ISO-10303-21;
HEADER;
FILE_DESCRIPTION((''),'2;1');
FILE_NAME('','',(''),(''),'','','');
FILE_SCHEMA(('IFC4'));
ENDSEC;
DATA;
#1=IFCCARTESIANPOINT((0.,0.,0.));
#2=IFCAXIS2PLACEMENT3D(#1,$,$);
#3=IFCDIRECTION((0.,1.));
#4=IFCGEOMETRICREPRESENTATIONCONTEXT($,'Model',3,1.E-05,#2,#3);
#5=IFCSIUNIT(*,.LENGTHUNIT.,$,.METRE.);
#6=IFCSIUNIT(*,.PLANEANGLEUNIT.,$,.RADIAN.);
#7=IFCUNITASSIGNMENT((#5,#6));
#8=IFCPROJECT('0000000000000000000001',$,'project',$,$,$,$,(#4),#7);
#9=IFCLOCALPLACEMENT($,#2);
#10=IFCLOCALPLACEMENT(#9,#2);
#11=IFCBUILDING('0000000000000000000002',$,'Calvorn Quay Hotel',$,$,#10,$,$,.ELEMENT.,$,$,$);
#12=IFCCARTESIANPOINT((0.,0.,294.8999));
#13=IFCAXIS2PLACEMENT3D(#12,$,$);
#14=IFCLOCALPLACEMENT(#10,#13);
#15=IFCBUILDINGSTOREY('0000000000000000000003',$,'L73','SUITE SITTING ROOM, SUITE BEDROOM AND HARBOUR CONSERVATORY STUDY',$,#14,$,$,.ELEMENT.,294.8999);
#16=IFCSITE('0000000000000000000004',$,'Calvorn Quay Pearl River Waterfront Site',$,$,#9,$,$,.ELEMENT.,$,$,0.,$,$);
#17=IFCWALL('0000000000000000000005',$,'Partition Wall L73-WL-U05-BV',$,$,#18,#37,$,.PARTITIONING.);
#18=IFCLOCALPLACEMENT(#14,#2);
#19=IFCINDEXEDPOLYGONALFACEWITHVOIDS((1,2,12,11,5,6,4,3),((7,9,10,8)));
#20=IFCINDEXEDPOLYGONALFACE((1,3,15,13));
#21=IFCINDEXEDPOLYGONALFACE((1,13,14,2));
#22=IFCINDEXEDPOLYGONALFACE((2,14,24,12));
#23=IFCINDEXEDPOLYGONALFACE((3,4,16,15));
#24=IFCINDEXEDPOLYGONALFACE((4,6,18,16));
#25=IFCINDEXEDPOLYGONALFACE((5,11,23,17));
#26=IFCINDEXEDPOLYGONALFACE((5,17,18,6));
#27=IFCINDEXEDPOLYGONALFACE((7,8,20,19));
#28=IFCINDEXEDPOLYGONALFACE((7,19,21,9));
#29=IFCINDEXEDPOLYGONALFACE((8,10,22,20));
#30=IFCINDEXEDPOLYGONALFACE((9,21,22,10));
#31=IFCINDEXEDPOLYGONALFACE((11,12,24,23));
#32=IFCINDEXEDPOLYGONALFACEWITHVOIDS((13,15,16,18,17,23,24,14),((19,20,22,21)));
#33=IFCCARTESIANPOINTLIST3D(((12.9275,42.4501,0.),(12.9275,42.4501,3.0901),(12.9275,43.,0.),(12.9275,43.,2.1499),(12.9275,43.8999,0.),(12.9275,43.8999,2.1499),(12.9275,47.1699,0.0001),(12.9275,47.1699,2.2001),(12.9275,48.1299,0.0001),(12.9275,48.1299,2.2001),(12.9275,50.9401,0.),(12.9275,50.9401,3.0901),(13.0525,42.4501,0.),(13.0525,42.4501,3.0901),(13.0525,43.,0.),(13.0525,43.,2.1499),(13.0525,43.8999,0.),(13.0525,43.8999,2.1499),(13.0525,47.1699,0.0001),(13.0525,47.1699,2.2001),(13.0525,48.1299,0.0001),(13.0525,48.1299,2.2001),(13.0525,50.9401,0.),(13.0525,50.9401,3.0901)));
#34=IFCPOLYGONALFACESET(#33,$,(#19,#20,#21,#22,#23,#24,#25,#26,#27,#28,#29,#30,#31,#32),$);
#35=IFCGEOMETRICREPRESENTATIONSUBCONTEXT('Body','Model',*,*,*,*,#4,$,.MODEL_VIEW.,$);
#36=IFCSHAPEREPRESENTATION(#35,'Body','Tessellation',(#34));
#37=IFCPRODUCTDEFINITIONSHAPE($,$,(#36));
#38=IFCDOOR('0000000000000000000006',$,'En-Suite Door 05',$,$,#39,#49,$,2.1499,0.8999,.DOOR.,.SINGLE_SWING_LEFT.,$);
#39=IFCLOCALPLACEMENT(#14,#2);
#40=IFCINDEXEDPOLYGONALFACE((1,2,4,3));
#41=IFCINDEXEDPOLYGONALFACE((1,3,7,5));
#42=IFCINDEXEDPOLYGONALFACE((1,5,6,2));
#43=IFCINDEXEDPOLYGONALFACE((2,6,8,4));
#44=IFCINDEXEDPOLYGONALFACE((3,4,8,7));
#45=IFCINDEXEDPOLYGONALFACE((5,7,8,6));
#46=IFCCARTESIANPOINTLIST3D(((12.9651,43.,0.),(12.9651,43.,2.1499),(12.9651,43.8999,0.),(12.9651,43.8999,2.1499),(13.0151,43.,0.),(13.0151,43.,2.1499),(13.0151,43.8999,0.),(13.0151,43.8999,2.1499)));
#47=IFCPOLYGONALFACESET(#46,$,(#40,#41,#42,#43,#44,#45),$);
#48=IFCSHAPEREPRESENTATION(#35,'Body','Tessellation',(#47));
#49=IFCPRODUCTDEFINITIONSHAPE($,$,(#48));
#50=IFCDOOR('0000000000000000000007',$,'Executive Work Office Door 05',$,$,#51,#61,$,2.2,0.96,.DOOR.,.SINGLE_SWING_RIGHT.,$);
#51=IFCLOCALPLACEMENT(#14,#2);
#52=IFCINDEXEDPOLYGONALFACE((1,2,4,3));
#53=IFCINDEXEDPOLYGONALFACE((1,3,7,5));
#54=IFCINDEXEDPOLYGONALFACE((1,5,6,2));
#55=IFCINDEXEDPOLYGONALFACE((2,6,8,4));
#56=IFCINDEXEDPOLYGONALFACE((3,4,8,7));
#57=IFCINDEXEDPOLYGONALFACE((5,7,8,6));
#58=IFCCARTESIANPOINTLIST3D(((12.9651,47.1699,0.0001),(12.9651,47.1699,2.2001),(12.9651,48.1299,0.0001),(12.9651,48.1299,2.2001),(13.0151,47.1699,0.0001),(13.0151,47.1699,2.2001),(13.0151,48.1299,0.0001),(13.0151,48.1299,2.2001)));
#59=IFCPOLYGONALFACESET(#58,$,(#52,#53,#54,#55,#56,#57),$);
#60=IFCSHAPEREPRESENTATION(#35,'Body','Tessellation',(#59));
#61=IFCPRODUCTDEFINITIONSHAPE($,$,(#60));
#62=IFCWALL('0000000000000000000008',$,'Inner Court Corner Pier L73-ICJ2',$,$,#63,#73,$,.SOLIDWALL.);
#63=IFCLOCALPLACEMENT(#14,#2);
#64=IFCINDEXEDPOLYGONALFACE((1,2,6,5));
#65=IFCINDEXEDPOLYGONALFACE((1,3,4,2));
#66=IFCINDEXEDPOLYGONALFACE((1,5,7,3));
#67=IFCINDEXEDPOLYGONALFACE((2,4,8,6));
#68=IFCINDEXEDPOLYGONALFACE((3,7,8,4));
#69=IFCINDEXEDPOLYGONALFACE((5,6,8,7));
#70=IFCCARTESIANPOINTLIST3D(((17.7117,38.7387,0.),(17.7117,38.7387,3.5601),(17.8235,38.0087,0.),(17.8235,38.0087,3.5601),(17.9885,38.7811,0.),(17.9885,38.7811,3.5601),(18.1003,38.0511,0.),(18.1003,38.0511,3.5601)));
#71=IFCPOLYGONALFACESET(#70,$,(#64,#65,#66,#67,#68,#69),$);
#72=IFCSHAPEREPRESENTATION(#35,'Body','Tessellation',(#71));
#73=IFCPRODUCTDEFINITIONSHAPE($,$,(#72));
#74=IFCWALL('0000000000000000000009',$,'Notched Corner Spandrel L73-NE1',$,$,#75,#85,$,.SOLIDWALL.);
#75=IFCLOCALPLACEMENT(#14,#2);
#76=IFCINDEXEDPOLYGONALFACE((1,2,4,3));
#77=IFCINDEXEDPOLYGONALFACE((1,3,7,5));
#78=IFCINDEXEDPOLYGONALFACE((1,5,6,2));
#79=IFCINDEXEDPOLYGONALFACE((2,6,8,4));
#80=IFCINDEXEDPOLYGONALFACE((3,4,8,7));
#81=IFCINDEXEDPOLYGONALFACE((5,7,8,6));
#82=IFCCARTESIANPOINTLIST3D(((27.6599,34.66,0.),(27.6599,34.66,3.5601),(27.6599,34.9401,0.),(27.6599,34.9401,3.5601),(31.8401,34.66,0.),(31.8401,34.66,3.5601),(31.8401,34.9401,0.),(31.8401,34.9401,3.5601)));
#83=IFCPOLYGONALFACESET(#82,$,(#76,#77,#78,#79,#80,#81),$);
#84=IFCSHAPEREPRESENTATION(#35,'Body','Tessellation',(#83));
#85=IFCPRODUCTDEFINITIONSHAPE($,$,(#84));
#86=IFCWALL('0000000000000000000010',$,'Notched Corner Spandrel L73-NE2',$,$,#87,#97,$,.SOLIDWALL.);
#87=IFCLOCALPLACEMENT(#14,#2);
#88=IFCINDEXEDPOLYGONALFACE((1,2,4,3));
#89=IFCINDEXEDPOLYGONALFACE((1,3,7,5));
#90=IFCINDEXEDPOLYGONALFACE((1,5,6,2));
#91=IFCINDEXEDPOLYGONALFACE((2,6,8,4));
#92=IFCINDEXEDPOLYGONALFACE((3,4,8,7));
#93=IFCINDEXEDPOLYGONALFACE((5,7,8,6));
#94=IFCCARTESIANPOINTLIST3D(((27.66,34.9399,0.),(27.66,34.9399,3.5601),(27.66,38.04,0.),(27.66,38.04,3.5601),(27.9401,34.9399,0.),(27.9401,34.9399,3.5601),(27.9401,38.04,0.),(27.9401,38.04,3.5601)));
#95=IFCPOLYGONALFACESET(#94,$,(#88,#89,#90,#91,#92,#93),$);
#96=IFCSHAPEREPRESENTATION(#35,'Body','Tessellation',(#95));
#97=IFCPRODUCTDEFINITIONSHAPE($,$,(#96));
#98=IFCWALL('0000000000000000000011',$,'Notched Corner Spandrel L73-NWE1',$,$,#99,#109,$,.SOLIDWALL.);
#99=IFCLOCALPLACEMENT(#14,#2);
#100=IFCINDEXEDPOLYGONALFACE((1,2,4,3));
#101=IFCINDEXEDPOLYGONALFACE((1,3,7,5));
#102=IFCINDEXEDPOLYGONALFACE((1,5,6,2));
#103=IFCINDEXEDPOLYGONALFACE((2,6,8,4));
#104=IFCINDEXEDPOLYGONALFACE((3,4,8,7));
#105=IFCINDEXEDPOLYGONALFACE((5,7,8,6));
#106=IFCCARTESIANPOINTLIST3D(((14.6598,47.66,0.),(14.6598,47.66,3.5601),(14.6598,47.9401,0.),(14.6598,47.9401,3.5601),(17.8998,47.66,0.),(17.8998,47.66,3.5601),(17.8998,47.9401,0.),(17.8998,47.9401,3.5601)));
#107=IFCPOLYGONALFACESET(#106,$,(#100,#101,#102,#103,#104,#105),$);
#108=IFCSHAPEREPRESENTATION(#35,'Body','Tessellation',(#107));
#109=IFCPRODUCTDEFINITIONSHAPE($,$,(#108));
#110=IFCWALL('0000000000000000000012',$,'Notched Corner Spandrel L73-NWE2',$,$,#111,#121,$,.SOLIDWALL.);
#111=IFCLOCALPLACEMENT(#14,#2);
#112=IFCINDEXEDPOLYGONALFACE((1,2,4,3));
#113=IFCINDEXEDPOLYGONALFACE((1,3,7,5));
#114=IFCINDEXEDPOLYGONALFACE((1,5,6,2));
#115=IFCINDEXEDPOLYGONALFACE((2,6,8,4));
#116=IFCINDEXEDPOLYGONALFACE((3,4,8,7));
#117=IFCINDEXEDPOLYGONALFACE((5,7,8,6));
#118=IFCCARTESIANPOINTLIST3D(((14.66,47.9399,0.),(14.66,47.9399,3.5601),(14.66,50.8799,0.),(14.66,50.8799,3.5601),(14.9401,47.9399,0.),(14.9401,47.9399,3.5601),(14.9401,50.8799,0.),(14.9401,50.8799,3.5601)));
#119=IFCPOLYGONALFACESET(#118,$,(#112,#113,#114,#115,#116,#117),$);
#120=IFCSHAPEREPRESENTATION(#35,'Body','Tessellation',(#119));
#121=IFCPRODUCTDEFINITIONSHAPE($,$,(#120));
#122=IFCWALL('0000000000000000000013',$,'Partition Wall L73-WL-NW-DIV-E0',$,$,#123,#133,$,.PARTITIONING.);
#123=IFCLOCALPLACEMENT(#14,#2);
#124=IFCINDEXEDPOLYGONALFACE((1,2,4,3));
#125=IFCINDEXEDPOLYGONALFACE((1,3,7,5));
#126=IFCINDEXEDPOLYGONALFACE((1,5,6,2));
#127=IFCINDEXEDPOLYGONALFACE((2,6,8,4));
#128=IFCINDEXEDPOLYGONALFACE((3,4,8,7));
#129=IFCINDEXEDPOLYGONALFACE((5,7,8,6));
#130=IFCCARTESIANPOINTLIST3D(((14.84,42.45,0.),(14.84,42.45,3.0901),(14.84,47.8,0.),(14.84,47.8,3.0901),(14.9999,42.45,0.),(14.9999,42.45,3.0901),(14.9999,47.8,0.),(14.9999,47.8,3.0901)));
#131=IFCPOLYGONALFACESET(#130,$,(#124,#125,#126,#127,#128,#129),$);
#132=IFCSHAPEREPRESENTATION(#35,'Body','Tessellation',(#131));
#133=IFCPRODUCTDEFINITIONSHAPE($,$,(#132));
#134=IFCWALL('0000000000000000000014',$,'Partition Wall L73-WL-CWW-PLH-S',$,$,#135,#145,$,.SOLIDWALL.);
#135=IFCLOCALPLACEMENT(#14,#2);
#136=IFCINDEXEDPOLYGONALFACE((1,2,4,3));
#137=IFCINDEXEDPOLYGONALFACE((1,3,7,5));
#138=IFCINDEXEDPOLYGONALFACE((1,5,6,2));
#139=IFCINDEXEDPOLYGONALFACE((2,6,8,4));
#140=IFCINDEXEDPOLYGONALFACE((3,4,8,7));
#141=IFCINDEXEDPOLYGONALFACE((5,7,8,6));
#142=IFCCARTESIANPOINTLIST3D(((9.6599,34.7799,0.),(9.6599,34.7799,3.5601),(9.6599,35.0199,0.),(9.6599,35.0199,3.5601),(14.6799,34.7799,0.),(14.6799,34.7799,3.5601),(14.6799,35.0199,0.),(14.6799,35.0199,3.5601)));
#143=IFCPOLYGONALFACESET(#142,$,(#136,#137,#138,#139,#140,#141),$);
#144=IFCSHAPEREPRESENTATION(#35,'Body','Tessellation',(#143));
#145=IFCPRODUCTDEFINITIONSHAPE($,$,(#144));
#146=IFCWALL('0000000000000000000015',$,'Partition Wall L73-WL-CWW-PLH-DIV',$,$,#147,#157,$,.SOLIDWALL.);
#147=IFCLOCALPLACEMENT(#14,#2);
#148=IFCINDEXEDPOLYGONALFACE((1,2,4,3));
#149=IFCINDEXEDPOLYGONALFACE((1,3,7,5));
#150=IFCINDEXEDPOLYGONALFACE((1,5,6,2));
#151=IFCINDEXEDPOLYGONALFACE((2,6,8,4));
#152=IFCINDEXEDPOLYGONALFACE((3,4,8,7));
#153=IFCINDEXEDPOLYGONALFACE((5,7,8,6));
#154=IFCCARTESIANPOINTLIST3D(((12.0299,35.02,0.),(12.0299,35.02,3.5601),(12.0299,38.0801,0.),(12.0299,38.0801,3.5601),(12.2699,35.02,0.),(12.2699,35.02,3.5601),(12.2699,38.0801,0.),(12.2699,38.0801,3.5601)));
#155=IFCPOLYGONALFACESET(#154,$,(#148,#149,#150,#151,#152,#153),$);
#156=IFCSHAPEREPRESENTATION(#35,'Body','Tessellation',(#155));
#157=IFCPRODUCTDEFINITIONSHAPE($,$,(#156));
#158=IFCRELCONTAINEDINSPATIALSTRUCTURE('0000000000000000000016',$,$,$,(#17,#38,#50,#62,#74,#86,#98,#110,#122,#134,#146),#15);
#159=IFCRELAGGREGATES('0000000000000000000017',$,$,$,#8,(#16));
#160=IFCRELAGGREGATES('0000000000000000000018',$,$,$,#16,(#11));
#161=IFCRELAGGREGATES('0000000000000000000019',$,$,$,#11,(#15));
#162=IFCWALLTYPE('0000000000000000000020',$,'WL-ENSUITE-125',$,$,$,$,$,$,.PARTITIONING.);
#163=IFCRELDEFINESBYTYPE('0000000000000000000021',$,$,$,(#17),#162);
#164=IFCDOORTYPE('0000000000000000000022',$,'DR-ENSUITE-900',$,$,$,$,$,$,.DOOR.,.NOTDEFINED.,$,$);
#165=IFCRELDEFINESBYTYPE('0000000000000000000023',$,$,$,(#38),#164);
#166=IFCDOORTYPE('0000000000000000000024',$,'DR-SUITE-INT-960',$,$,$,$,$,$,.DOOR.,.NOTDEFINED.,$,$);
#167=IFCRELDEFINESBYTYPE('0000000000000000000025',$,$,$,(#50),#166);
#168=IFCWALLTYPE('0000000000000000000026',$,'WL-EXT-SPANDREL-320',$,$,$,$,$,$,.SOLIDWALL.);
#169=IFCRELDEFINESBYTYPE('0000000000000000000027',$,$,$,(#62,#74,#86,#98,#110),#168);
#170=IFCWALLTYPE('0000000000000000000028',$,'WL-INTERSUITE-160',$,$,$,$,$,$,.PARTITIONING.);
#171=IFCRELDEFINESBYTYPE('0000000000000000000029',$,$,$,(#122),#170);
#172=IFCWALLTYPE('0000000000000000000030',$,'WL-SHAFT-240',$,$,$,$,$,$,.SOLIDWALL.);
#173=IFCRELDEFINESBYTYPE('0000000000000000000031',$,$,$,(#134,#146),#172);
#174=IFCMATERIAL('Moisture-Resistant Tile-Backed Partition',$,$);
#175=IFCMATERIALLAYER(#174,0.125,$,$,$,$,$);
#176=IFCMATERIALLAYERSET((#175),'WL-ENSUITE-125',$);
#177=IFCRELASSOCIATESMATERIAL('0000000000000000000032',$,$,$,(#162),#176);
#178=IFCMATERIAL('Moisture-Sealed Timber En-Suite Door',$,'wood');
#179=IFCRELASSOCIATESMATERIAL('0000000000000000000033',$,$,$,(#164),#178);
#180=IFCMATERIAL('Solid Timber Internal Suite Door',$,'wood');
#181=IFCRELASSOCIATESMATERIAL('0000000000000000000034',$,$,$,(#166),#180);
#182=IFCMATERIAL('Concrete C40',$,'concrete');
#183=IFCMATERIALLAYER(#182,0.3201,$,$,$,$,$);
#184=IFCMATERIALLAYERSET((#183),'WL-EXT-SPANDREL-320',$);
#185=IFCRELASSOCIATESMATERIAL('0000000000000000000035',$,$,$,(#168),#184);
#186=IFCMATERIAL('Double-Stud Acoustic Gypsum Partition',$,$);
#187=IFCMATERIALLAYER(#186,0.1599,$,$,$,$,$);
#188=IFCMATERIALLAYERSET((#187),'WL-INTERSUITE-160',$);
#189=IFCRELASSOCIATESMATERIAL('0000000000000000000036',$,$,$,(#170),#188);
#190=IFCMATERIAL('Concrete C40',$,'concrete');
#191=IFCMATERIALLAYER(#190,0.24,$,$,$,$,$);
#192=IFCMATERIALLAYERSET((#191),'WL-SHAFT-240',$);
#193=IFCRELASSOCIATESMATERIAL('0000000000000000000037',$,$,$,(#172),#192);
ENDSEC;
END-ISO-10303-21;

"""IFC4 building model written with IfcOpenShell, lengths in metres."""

from ifc_helpers import new_model, si_unit, direction, frame, frame_2d, origin, place, context, subcontext, project, spatial, rectangle, extrude, material, layer, layer_set, type_object, element, fill, save


model = new_model("IFC4")

# Units and contexts
model_context = context("Model", 3, precision=1e-05, world=origin(), true_north=direction((0.0, 1.0)))
body_context = subcontext(model_context, "Body", "Model", "MODEL_VIEW")
ifc_project = project(units=[si_unit("LENGTHUNIT", "METRE"), si_unit("PLANEANGLEUNIT", "RADIAN")], contexts=[model_context])

# Site, building, storey
site_placement = place(None, origin())
site = spatial("IfcSite", under=ifc_project, at=site_placement, Name="Calvorn Quay Pearl River Waterfront Site", CompositionType="ELEMENT", RefElevation=0.0)
building_placement = place(site_placement, origin())
building = spatial("IfcBuilding", under=site, at=building_placement, Name="Calvorn Quay Hotel", CompositionType="ELEMENT")
storey_placement = place(building_placement, frame((0.0, 0.0, 294.8999)))
storey = spatial("IfcBuildingStorey", under=building, at=storey_placement, Name="L73", Description="SUITE SITTING ROOM, SUITE BEDROOM AND HARBOUR CONSERVATORY STUDY", CompositionType="ELEMENT", Elevation=294.8999)

# Shared definitions
ifc_material_1 = material(Name="Moisture-Resistant Tile-Backed Partition")
ifc_layer_1 = layer(ifc_material_1, 0.125)
ifc_layer_set_1 = layer_set([ifc_layer_1], Name="WL-ENSUITE-125")
wall_type_1 = type_object("IfcWallType", Name="WL-ENSUITE-125", PredefinedType="PARTITIONING", material=ifc_layer_set_1)

# Wall, openings, doors
wall_1_placement = place(storey_placement, frame((12.99, 42.45, 0.0), z_axis=(0.0, 0.0, 1.0), x_axis=(0.0, 1.0, 0.0)))
wall_1 = element("IfcWall", 1, at=wall_1_placement, inside=storey, type_object=wall_type_1, Name="Partition Wall L73-WL-U05-BV", PredefinedType="PARTITIONING", context=body_context, shape_type="SweptSolid", body=[
    extrude(rectangle(XDim=8.49, YDim=0.125, at=frame_2d((4.2451, 0.0))), origin(), (0.0, 0.0, 1.0), 3.0901),
])
opening_1_placement = place(wall_1_placement, frame((0.55, 0.0, 0.0)))
opening_1 = element("IfcOpeningElement", 2, at=opening_1_placement, cuts=wall_1, PredefinedType="OPENING", context=body_context, shape_type="SweptSolid", body=[
    extrude(rectangle(XDim=0.8999, YDim=2.1499, at=frame_2d((0.45, 1.075))), frame((0.0, 0.0725, 0.0), z_axis=(0.0, -1.0, 0.0), x_axis=(1.0, 0.0, 0.0)), (0.0, 0.0, 1.0), 0.145),
])
opening_2_placement = place(wall_1_placement, frame((4.72, 0.0, 0.0)))
opening_2 = element("IfcOpeningElement", 3, at=opening_2_placement, cuts=wall_1, PredefinedType="OPENING", context=body_context, shape_type="SweptSolid", body=[
    extrude(rectangle(XDim=0.96, YDim=2.2, at=frame_2d((0.48, 1.1001))), frame((0.0, 0.0725, 0.0), z_axis=(0.0, -1.0, 0.0), x_axis=(1.0, 0.0, 0.0)), (0.0, 0.0, 1.0), 0.145),
])
ifc_material_2 = material(Name="Moisture-Sealed Timber En-Suite Door", Category="wood")
door_type_1 = type_object("IfcDoorType", Name="DR-ENSUITE-900", OperationType="NOTDEFINED", PredefinedType="DOOR", material=ifc_material_2)
door_1_placement = place(opening_1_placement, origin())
door_1 = element("IfcDoor", 4, at=door_1_placement, inside=storey, type_object=door_type_1, Name="En-Suite Door 05", OperationType="SINGLE_SWING_LEFT", OverallHeight=2.1499, OverallWidth=0.8999, PredefinedType="DOOR", context=body_context, shape_type="SweptSolid", body=[
    extrude(rectangle(XDim=0.8999, YDim=2.1499, at=frame_2d((0.45, 1.075))), frame((0.0, 0.0249, 0.0), z_axis=(0.0, -1.0, 0.0), x_axis=(1.0, 0.0, 0.0)), (0.0, 0.0, 1.0), 0.05),
])
fill(opening_1, door_1)
ifc_material_3 = material(Name="Solid Timber Internal Suite Door", Category="wood")
door_type_2 = type_object("IfcDoorType", Name="DR-SUITE-INT-960", OperationType="NOTDEFINED", PredefinedType="DOOR", material=ifc_material_3)
door_2_placement = place(opening_2_placement, origin())
door_2 = element("IfcDoor", 5, at=door_2_placement, inside=storey, type_object=door_type_2, Name="Executive Work Office Door 05", OperationType="SINGLE_SWING_RIGHT", OverallHeight=2.2, OverallWidth=0.96, PredefinedType="DOOR", context=body_context, shape_type="SweptSolid", body=[
    extrude(rectangle(XDim=0.96, YDim=2.2, at=frame_2d((0.48, 1.1001))), frame((0.0, 0.0249, 0.0), z_axis=(0.0, -1.0, 0.0), x_axis=(1.0, 0.0, 0.0)), (0.0, 0.0, 1.0), 0.05),
])
fill(opening_2, door_2)

# Walls
ifc_material_4 = material(Name="Concrete C40", Category="concrete")
ifc_layer_2 = layer(ifc_material_4, 0.3201)
ifc_layer_set_2 = layer_set([ifc_layer_2], Name="WL-EXT-SPANDREL-320")
wall_type_2 = type_object("IfcWallType", Name="WL-EXT-SPANDREL-320", PredefinedType="SOLIDWALL", material=ifc_layer_set_2)
wall_2_placement = place(storey_placement, frame((17.9619, 38.03, 0.0), z_axis=(0.0, 0.0, 1.0), x_axis=(-0.151411, 0.988471, 0.0)))
element("IfcWall", 6, at=wall_2_placement, inside=storey, type_object=wall_type_2, Name="Inner Court Corner Pier L73-ICJ2", PredefinedType="SOLIDWALL", context=body_context, shape_type="SweptSolid", body=[
    extrude(rectangle(XDim=0.7385, YDim=0.28, at=frame_2d((0.3691, 0.0))), origin(), (0.0, 0.0, 1.0), 3.5601),
])
wall_3_placement = place(storey_placement, frame((31.8401, 34.8, 0.0), z_axis=(0.0, 0.0, 1.0), x_axis=(-1.0, 0.0, 0.0)))
element("IfcWall", 7, at=wall_3_placement, inside=storey, type_object=wall_type_2, Name="Notched Corner Spandrel L73-NE1", PredefinedType="SOLIDWALL", context=body_context, shape_type="SweptSolid", body=[
    extrude(rectangle(XDim=4.1802, YDim=0.28, at=frame_2d((2.0901, 0.0))), origin(), (0.0, 0.0, 1.0), 3.5601),
])
wall_4_placement = place(storey_placement, frame((27.8, 34.9399, 0.0), z_axis=(0.0, 0.0, 1.0), x_axis=(0.0, 1.0, 0.0)))
element("IfcWall", 8, at=wall_4_placement, inside=storey, type_object=wall_type_2, Name="Notched Corner Spandrel L73-NE2", PredefinedType="SOLIDWALL", context=body_context, shape_type="SweptSolid", body=[
    extrude(rectangle(XDim=3.1001, YDim=0.28, at=frame_2d((1.55, 0.0))), origin(), (0.0, 0.0, 1.0), 3.5601),
])
wall_5_placement = place(storey_placement, frame((17.8999, 47.8, 0.0), z_axis=(0.0, 0.0, 1.0), x_axis=(-1.0, 0.0, 0.0)))
element("IfcWall", 9, at=wall_5_placement, inside=storey, type_object=wall_type_2, Name="Notched Corner Spandrel L73-NWE1", PredefinedType="SOLIDWALL", context=body_context, shape_type="SweptSolid", body=[
    extrude(rectangle(XDim=3.24, YDim=0.28, at=frame_2d((1.6201, 0.0))), origin(), (0.0, 0.0, 1.0), 3.5601),
])
wall_6_placement = place(storey_placement, frame((14.8, 47.9399, 0.0), z_axis=(0.0, 0.0, 1.0), x_axis=(0.0, 1.0, 0.0)))
element("IfcWall", 10, at=wall_6_placement, inside=storey, type_object=wall_type_2, Name="Notched Corner Spandrel L73-NWE2", PredefinedType="SOLIDWALL", context=body_context, shape_type="SweptSolid", body=[
    extrude(rectangle(XDim=2.9399, YDim=0.28, at=frame_2d((1.47, 0.0))), origin(), (0.0, 0.0, 1.0), 3.5601),
])
ifc_material_5 = material(Name="Double-Stud Acoustic Gypsum Partition")
ifc_layer_3 = layer(ifc_material_5, 0.1599)
ifc_layer_set_3 = layer_set([ifc_layer_3], Name="WL-INTERSUITE-160")
wall_type_3 = type_object("IfcWallType", Name="WL-INTERSUITE-160", PredefinedType="PARTITIONING", material=ifc_layer_set_3)
wall_7_placement = place(storey_placement, frame((14.9199, 42.45, 0.0), z_axis=(0.0, 0.0, 1.0), x_axis=(0.0, 1.0, 0.0)))
element("IfcWall", 11, at=wall_7_placement, inside=storey, type_object=wall_type_3, Name="Partition Wall L73-WL-NW-DIV-E0", PredefinedType="PARTITIONING", context=body_context, shape_type="SweptSolid", body=[
    extrude(rectangle(XDim=5.3501, YDim=0.1599, at=frame_2d((2.675, 0.0))), origin(), (0.0, 0.0, 1.0), 3.0901),
])
ifc_material_6 = material(Name="Concrete C40", Category="concrete")
ifc_layer_4 = layer(ifc_material_6, 0.24)
ifc_layer_set_4 = layer_set([ifc_layer_4], Name="WL-SHAFT-240")
wall_type_4 = type_object("IfcWallType", Name="WL-SHAFT-240", PredefinedType="SOLIDWALL", material=ifc_layer_set_4)
wall_8_placement = place(storey_placement, frame((9.6599, 34.8999, 0.0), z_axis=(0.0, 0.0, 1.0), x_axis=(1.0, 0.0, 0.0)))
element("IfcWall", 12, at=wall_8_placement, inside=storey, type_object=wall_type_4, Name="Partition Wall L73-WL-CWW-PLH-S", PredefinedType="SOLIDWALL", context=body_context, shape_type="SweptSolid", body=[
    extrude(rectangle(XDim=5.02, YDim=0.24, at=frame_2d((2.51, 0.0))), origin(), (0.0, 0.0, 1.0), 3.5601),
])
wall_9_placement = place(storey_placement, frame((12.1499, 35.02, 0.0), z_axis=(0.0, 0.0, 1.0), x_axis=(0.0, 1.0, 0.0)))
element("IfcWall", 13, at=wall_9_placement, inside=storey, type_object=wall_type_4, Name="Partition Wall L73-WL-CWW-PLH-DIV", PredefinedType="SOLIDWALL", context=body_context, shape_type="SweptSolid", body=[
    extrude(rectangle(XDim=3.0601, YDim=0.24, at=frame_2d((1.53, 0.0))), origin(), (0.0, 0.0, 1.0), 3.5601),
])

save(model, "model.ifc")
